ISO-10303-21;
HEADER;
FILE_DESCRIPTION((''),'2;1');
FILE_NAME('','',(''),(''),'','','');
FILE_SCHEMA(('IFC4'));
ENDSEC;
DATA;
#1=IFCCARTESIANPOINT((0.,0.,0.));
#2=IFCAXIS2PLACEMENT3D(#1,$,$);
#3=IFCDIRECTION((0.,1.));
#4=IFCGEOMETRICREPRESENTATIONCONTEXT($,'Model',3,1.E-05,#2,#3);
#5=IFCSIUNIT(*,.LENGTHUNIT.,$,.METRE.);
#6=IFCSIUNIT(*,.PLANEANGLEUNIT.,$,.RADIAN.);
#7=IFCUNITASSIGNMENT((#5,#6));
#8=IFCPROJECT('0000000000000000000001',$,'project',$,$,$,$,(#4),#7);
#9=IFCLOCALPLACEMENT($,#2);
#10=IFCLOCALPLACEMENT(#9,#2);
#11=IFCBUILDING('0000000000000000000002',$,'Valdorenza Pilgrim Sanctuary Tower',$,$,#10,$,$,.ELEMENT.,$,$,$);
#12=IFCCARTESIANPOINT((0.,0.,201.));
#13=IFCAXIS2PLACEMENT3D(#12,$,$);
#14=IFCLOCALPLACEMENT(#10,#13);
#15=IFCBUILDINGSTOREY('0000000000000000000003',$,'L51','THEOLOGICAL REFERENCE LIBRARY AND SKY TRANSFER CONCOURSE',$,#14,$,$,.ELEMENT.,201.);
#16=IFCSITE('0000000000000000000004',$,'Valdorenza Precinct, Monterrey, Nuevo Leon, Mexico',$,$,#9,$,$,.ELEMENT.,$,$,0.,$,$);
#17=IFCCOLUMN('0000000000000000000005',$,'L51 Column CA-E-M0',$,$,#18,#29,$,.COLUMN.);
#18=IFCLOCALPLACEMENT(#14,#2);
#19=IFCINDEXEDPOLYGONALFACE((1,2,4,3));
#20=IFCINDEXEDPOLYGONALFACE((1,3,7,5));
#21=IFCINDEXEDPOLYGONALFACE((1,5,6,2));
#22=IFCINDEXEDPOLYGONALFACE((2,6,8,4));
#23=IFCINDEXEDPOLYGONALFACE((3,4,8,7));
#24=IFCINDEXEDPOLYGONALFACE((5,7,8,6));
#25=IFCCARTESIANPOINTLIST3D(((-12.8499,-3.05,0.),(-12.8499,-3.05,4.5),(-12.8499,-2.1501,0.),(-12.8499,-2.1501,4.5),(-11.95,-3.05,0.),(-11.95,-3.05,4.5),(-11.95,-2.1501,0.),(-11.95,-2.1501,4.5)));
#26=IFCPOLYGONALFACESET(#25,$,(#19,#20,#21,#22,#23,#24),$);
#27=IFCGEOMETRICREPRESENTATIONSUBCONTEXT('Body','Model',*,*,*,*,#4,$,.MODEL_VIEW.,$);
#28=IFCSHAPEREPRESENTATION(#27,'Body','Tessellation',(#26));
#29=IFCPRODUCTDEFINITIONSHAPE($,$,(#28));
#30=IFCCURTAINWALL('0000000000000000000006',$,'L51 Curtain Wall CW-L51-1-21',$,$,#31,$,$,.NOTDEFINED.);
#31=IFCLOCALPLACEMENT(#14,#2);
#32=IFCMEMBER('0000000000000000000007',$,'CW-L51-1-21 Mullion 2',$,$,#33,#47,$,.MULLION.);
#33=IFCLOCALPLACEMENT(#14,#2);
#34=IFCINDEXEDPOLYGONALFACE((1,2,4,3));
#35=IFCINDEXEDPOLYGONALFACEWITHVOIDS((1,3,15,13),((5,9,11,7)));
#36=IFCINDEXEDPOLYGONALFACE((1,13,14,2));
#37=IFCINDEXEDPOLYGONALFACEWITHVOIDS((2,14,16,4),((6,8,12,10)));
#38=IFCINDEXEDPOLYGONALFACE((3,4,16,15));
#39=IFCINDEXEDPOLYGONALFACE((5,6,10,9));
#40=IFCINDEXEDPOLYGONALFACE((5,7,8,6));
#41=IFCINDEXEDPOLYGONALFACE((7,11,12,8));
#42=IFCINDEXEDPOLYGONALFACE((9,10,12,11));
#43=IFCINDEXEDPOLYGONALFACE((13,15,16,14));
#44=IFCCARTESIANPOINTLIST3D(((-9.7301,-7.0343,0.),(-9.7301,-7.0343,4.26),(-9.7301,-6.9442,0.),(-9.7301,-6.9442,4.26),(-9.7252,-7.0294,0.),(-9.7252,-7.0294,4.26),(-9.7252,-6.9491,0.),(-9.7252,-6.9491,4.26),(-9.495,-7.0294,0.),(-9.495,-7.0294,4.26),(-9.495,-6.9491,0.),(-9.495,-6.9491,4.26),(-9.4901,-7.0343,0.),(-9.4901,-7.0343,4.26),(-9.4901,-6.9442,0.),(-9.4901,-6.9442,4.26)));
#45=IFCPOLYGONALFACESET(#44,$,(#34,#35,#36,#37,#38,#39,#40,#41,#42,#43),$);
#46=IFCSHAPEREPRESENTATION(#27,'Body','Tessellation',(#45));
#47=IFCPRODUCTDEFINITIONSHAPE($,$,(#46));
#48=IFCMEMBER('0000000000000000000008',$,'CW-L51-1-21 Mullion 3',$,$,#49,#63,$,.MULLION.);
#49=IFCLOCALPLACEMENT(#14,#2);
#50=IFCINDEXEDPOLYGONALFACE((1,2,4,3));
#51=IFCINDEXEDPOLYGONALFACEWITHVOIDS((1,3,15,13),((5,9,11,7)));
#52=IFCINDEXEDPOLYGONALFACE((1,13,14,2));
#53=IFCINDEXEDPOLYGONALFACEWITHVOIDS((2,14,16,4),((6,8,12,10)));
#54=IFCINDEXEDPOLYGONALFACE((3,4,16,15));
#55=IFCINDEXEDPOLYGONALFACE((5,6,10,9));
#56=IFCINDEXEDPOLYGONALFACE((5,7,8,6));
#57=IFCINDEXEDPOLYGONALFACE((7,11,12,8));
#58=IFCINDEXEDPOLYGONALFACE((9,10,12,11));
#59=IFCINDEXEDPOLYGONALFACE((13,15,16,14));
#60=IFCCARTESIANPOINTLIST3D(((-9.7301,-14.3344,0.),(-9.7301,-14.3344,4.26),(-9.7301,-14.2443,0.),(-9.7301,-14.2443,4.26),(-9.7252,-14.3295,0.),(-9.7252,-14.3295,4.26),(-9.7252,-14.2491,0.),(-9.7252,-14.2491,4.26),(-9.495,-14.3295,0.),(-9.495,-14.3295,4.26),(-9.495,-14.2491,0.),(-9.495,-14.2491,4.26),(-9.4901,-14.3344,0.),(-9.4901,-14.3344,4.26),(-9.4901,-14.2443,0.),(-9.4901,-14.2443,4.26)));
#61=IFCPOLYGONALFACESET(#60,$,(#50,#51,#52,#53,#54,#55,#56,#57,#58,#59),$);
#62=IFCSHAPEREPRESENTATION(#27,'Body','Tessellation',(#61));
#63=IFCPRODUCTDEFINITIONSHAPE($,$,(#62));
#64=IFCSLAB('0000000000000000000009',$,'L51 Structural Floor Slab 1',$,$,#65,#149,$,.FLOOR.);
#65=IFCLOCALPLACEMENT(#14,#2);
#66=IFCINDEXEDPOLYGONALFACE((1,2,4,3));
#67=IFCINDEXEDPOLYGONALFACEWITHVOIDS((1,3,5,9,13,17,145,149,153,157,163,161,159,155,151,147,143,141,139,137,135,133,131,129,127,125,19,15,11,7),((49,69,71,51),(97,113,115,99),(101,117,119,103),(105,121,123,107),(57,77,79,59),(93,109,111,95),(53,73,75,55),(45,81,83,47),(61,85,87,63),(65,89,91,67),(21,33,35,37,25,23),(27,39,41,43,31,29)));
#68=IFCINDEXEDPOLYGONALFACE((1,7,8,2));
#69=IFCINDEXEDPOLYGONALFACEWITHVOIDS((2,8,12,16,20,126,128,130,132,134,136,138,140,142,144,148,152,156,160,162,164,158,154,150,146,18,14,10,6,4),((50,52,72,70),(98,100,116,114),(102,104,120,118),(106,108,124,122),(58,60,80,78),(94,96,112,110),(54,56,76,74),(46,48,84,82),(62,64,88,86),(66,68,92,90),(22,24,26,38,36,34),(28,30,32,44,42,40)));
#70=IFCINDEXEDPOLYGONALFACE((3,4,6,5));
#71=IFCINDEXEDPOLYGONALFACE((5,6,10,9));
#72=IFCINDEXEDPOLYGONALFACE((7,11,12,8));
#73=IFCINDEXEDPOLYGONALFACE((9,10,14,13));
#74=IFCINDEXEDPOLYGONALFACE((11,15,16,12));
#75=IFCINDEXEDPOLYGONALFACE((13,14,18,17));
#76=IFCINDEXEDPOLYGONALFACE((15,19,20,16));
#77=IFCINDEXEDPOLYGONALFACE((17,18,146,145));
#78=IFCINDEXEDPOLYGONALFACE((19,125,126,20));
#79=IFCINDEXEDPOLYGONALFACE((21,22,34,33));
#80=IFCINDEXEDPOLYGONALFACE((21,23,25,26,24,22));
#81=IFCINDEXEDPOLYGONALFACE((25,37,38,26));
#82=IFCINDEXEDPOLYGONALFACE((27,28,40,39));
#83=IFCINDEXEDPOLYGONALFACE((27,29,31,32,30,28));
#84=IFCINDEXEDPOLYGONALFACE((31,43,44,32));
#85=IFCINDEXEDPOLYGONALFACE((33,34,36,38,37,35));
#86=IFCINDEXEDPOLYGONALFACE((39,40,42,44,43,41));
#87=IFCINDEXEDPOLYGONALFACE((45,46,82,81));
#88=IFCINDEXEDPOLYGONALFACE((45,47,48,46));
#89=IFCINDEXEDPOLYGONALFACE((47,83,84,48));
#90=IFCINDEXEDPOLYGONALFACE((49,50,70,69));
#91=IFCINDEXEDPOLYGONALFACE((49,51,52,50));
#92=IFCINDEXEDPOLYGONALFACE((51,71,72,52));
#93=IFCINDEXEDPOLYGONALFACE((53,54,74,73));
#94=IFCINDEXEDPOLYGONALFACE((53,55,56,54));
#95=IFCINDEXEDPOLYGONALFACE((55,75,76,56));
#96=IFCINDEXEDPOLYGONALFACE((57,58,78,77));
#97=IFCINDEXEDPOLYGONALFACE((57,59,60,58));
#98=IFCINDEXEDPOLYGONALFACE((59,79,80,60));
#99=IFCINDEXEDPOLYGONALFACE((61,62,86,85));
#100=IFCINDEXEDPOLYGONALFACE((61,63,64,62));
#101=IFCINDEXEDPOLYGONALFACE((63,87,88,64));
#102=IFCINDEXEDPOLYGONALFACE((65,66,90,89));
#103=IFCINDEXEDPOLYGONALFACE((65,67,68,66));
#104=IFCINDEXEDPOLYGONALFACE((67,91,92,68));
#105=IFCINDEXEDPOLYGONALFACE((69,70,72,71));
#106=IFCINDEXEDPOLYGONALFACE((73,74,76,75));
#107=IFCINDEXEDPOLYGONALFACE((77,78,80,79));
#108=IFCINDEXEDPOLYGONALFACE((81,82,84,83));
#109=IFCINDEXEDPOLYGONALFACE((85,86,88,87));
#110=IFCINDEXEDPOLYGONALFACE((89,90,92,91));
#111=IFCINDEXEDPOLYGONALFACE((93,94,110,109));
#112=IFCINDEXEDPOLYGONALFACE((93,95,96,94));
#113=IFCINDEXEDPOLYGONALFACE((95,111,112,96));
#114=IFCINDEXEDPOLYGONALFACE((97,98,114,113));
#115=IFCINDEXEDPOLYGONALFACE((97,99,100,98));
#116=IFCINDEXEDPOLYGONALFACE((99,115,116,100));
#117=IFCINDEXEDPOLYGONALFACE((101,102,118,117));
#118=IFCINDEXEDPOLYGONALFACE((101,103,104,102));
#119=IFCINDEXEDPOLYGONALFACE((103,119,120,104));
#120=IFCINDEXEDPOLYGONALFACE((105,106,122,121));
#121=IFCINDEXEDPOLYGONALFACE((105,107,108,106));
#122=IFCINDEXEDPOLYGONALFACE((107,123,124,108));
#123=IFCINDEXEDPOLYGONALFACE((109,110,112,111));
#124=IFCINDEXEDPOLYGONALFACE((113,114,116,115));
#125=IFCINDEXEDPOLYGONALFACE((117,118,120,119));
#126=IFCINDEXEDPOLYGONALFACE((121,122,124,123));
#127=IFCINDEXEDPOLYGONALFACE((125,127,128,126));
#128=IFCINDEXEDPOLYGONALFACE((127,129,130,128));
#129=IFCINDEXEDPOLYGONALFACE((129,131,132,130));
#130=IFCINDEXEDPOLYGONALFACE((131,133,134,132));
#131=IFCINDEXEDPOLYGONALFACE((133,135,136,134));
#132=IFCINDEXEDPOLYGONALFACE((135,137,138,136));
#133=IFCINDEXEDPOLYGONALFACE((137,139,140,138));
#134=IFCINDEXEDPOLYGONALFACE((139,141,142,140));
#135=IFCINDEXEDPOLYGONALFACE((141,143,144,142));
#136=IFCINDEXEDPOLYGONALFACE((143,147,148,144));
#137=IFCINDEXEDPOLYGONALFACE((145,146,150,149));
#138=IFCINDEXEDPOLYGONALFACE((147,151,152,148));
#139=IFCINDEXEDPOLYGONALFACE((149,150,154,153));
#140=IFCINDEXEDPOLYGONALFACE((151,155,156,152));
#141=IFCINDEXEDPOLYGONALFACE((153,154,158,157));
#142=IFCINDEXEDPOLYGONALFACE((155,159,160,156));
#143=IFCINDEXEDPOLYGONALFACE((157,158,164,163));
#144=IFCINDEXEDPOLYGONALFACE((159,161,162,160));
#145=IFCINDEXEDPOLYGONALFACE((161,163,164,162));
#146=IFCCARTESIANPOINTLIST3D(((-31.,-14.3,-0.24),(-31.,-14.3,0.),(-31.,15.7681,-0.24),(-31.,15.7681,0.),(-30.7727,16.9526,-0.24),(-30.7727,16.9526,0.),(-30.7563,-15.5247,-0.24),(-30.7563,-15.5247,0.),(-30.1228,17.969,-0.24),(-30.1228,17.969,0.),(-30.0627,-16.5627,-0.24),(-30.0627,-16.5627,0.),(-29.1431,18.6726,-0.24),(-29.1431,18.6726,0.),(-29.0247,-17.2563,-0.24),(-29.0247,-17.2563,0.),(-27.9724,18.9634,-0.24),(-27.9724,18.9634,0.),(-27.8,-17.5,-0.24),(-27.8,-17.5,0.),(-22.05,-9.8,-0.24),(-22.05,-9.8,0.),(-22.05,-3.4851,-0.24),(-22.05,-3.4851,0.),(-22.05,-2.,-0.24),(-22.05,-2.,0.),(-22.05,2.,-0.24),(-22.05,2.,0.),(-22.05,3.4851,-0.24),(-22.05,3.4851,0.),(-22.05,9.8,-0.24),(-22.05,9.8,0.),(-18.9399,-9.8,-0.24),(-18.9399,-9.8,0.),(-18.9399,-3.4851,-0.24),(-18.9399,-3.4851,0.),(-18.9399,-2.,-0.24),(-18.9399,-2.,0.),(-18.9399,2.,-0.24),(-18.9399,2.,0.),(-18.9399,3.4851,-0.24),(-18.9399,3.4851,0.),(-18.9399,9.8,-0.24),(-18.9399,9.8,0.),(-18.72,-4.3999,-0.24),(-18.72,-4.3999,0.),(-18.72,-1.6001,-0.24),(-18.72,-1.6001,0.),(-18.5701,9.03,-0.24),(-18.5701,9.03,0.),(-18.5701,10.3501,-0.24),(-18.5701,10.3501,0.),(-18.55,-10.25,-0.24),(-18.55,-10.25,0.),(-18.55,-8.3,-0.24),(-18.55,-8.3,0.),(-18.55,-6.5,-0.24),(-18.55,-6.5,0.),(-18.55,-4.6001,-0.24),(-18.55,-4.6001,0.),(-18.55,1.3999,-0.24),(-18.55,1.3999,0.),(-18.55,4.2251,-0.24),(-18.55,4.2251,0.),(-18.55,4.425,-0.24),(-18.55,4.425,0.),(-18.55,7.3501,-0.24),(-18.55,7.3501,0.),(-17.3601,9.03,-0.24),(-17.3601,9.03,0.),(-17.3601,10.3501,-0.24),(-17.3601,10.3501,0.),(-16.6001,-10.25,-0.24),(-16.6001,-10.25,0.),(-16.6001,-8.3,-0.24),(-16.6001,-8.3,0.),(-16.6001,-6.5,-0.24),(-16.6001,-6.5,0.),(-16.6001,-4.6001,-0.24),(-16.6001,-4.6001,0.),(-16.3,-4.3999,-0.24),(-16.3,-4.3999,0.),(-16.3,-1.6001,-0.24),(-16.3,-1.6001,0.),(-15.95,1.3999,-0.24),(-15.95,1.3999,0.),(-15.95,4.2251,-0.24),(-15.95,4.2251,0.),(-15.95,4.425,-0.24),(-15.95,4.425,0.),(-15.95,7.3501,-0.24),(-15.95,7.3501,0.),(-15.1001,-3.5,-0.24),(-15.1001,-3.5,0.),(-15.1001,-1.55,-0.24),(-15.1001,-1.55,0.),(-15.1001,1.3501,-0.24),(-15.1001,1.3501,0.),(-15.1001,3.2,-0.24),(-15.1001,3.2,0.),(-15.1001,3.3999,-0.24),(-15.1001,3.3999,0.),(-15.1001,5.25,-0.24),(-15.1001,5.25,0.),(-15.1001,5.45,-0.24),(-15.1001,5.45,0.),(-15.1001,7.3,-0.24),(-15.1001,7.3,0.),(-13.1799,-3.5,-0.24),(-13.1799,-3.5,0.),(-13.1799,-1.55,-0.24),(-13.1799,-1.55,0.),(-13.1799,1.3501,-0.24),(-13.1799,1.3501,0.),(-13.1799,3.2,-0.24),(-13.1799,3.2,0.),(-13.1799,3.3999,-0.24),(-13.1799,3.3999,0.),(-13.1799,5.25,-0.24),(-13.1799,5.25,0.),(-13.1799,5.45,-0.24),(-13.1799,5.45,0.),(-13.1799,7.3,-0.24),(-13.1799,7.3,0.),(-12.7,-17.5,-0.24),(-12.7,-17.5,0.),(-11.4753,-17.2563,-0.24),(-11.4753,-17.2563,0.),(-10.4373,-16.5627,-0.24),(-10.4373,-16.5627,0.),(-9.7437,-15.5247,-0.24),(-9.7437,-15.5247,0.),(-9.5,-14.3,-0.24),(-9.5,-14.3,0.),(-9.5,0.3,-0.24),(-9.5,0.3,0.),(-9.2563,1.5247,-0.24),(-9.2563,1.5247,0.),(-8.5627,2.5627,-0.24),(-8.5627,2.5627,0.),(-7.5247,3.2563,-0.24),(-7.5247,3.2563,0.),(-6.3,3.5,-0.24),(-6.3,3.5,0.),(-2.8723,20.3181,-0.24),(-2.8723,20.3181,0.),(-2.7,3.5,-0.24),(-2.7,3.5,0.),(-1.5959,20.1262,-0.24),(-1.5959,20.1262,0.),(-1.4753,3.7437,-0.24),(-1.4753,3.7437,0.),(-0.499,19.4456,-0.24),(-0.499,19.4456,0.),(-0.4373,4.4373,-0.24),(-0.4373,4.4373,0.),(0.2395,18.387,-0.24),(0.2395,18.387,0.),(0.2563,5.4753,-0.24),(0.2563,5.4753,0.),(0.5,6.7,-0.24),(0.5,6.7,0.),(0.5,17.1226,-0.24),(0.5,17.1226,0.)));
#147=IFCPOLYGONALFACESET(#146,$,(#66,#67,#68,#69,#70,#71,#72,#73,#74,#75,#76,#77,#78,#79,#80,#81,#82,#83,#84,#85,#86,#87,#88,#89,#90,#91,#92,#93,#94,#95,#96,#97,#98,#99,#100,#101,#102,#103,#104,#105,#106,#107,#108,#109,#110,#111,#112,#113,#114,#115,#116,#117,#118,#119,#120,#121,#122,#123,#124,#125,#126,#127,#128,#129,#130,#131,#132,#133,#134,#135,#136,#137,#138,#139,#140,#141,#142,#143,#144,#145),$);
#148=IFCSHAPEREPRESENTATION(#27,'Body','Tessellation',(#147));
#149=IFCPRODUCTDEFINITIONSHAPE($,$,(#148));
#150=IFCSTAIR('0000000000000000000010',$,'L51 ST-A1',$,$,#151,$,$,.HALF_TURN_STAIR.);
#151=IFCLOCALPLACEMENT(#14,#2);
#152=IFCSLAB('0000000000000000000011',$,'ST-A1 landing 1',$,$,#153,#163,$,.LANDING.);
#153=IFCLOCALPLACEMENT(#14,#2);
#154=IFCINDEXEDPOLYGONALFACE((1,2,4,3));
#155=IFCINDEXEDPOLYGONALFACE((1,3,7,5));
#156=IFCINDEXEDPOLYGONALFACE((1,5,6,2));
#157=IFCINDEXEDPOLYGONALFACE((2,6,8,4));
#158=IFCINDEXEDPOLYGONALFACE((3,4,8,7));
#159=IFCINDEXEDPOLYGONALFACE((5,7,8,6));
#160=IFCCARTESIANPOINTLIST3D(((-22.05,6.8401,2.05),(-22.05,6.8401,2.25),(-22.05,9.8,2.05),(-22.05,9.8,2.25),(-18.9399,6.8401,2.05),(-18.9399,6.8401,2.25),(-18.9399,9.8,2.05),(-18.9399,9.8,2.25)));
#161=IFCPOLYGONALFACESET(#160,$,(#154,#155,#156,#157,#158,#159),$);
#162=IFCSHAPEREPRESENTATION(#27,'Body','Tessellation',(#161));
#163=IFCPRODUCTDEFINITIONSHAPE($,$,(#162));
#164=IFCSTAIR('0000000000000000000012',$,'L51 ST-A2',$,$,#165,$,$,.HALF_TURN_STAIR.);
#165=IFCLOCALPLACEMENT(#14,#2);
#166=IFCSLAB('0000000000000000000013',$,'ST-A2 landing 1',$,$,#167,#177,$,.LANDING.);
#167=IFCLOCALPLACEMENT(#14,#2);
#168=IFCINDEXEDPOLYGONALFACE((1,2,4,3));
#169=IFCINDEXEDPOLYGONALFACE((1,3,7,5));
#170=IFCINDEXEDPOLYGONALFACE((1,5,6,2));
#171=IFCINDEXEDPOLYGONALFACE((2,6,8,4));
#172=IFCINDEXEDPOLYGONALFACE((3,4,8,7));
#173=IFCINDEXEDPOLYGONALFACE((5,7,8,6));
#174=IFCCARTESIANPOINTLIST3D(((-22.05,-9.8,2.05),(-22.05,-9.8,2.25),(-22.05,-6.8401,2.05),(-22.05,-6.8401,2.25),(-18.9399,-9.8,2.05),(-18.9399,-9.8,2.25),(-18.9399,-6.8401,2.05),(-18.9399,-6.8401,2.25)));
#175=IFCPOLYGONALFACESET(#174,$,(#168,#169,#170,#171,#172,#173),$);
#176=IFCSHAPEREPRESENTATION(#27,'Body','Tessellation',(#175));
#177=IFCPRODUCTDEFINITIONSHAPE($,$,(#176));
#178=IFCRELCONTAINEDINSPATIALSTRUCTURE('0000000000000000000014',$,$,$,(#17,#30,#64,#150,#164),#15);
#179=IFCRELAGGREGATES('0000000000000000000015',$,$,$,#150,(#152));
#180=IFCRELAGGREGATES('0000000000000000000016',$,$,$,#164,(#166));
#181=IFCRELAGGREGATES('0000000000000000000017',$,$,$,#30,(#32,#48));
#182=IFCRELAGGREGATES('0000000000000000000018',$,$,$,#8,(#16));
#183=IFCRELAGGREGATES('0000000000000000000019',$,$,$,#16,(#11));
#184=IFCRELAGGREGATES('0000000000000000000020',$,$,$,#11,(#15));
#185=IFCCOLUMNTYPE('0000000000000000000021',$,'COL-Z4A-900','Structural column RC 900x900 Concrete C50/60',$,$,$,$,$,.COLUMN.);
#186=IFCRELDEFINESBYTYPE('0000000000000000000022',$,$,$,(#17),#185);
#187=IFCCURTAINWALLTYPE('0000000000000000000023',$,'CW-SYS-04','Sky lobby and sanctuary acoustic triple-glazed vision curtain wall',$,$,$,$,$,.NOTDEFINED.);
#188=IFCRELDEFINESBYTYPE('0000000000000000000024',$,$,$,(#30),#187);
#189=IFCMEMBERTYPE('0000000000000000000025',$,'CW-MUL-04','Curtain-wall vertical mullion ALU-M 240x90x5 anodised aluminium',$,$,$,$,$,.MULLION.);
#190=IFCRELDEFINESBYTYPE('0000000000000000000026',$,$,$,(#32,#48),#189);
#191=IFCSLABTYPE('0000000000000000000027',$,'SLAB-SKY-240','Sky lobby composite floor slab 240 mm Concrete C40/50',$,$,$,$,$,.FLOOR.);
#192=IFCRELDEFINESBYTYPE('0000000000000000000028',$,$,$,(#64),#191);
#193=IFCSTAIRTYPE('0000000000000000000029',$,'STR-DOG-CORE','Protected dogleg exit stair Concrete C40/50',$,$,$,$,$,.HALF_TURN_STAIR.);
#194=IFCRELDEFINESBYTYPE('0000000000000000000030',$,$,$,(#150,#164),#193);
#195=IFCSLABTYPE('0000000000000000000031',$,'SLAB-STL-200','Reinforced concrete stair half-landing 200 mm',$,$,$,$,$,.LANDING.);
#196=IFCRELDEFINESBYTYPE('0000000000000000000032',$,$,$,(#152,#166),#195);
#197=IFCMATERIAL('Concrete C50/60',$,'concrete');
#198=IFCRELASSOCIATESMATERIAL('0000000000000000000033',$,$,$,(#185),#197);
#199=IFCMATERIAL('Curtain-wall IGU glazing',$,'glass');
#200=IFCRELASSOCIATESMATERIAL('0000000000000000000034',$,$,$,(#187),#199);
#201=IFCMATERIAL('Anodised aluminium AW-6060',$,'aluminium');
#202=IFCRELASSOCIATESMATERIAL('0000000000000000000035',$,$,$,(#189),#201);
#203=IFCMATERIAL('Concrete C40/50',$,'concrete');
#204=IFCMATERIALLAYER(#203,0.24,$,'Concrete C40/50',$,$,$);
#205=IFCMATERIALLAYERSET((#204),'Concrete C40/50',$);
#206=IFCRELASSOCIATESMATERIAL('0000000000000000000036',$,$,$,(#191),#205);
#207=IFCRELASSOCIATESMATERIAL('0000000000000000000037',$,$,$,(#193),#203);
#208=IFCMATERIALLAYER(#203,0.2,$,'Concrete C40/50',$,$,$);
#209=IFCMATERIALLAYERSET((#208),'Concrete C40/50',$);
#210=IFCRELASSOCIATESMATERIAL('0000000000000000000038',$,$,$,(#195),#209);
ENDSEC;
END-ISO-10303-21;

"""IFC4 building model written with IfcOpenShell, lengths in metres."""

from ifc_helpers import new_model, si_unit, direction, frame, origin, origin_2d, place, context, subcontext, project, spatial, polyline, rectangle, hollow_rectangle, outline, extrude, source, transform, mapped, material, layer, layer_set, material_profile, profile_set, type_object, element, aggregate, save


model = new_model("IFC4")

# Units and contexts
model_context = context("Model", 3, precision=1e-05, world=origin(), true_north=direction((0.0, 1.0)))
body_context = subcontext(model_context, "Body", "Model", "MODEL_VIEW")
ifc_project = project(units=[si_unit("LENGTHUNIT", "METRE"), si_unit("PLANEANGLEUNIT", "RADIAN")], contexts=[model_context])

# Site, building, storey
site_placement = place(None, origin())
site = spatial("IfcSite", under=ifc_project, at=site_placement, Name="Valdorenza Precinct, Monterrey, Nuevo Leon, Mexico", CompositionType="ELEMENT", RefElevation=0.0)
building_placement = place(site_placement, origin())
building = spatial("IfcBuilding", under=site, at=building_placement, Name="Valdorenza Pilgrim Sanctuary Tower", CompositionType="ELEMENT")
storey_placement = place(building_placement, frame((0.0, 0.0, 201.0)))
storey = spatial("IfcBuildingStorey", under=building, at=storey_placement, Name="L51", Description="THEOLOGICAL REFERENCE LIBRARY AND SKY TRANSFER CONCOURSE", CompositionType="ELEMENT", Elevation=201.0)

# Column
ifc_material_1 = material(Name="Concrete C50/60", Category="concrete")
ifc_material_profile_1 = material_profile(ifc_material_1, rectangle(XDim=0.8999, YDim=0.8999, at=origin_2d()), Name="RC 900x900")
ifc_profile_set_1 = profile_set([ifc_material_profile_1], Name="Concrete C50/60")
column_type = type_object("IfcColumnType", Name="COL-Z4A-900", Description="Structural column RC 900x900 Concrete C50/60", PredefinedType="COLUMN", material=ifc_profile_set_1)
shared_shape_1 = source(origin(), body_context, "Body", "SweptSolid", [
    extrude(rectangle(XDim=0.8999, YDim=0.8999, at=origin_2d()), origin(), (0.0, 0.0, 1.0), 4.5),
])
column_placement = place(storey_placement, frame((-12.3999, -2.6001, 0.0), z_axis=(0.0, 0.0, 1.0), x_axis=(1.0, 0.0, 0.0)))
element("IfcColumn", 1, at=column_placement, inside=storey, type_object=column_type, Name="L51 Column CA-E-M0", PredefinedType="COLUMN", context=body_context, shape_type="MappedRepresentation", body=[
    mapped(shared_shape_1, transform((0.0, 0.0, 0.0), x_axis=(1.0, 0.0, 0.0), y_axis=(0.0, 1.0, 0.0), z_axis=(0.0, 0.0, 1.0), scale=1.0)),
])

# Curtain wall, members
ifc_material_2 = material(Name="Curtain-wall IGU glazing", Category="glass")
curtain_wall_type = type_object("IfcCurtainWallType", Name="CW-SYS-04", Description="Sky lobby and sanctuary acoustic triple-glazed vision curtain wall", PredefinedType="NOTDEFINED", material=ifc_material_2)
curtain_wall_placement = place(storey_placement, origin())
curtain_wall = element("IfcCurtainWall", 2, at=curtain_wall_placement, inside=storey, type_object=curtain_wall_type, Name="L51 Curtain Wall CW-L51-1-21", PredefinedType="NOTDEFINED")
ifc_material_3 = material(Name="Anodised aluminium AW-6060", Category="aluminium")
ifc_material_profile_2 = material_profile(ifc_material_3, hollow_rectangle(XDim=0.0901, YDim=0.24, WallThickness=0.0049, at=origin_2d()), Name="ALU-M 240x90x5")
ifc_profile_set_2 = profile_set([ifc_material_profile_2], Name="Anodised aluminium AW-6060")
member_type = type_object("IfcMemberType", Name="CW-MUL-04", Description="Curtain-wall vertical mullion ALU-M 240x90x5 anodised aluminium", PredefinedType="MULLION", material=ifc_profile_set_2)
shared_shape_2 = source(origin(), body_context, "Body", "SweptSolid", [
    extrude(hollow_rectangle(XDim=0.0901, YDim=0.24, WallThickness=0.0049, at=origin_2d()), origin(), (0.0, 0.0, 1.0), 4.26),
])
member_1_placement = place(storey_placement, frame((-9.6101, -6.9893, 0.0), z_axis=(0.0, 0.0, 1.0), x_axis=(0.0, -1.0, 0.0)))
member_1 = element("IfcMember", 3, at=member_1_placement, type_object=member_type, Name="CW-L51-1-21 Mullion 2", PredefinedType="MULLION", context=body_context, shape_type="MappedRepresentation", body=[
    mapped(shared_shape_2, transform((0.0, 0.0, 0.0), x_axis=(1.0, 0.0, 0.0), y_axis=(0.0, 1.0, 0.0), z_axis=(0.0, 0.0, 1.0), scale=1.0)),
])
member_2_placement = place(storey_placement, frame((-9.6101, -14.2893, 0.0), z_axis=(0.0, 0.0, 1.0), x_axis=(0.0, -1.0, 0.0)))
member_2 = element("IfcMember", 4, at=member_2_placement, type_object=member_type, Name="CW-L51-1-21 Mullion 3", PredefinedType="MULLION", context=body_context, shape_type="MappedRepresentation", body=[
    mapped(shared_shape_2, transform((0.0, 0.0, 0.0), x_axis=(1.0, 0.0, 0.0), y_axis=(0.0, 1.0, 0.0), z_axis=(0.0, 0.0, 1.0), scale=1.0)),
])

# Slab
ifc_material_4 = material(Name="Concrete C40/50", Category="concrete")
ifc_layer_1 = layer(ifc_material_4, 0.24, Name="Concrete C40/50")
ifc_layer_set_1 = layer_set([ifc_layer_1], Name="Concrete C40/50")
slab_type_1 = type_object("IfcSlabType", Name="SLAB-SKY-240", Description="Sky lobby composite floor slab 240 mm Concrete C40/50", PredefinedType="FLOOR", material=ifc_layer_set_1)
slab_1_placement = place(storey_placement, frame((0.0, 0.0, -0.24)))
element("IfcSlab", 5, at=slab_1_placement, inside=storey, type_object=slab_type_1, Name="L51 Structural Floor Slab 1", PredefinedType="FLOOR", context=body_context, shape_type="SweptSolid", body=[
    extrude(outline(polyline([(-31.0, 15.7681), (-30.7727, 16.9526), (-30.1228, 17.969), (-29.1431, 18.6726), (-27.9724, 18.9634), (-2.8723, 20.3181), (-1.5959, 20.1262), (-0.499, 19.4456), (0.2395, 18.387), (0.5, 17.1226), (0.5, 6.7), (0.2563, 5.4753), (-0.4373, 4.4373), (-1.4753, 3.7437), (-2.7, 3.5), (-6.3, 3.5), (-7.5247, 3.2563), (-8.5627, 2.5627), (-9.2563, 1.5247), (-9.5, 0.3), (-9.5, -14.3), (-9.7437, -15.5247), (-10.4373, -16.5627), (-11.4753, -17.2563), (-12.7, -17.5), (-27.8, -17.5), (-29.0247, -17.2563), (-30.0627, -16.5627), (-30.7563, -15.5247), (-31.0, -14.3), (-31.0, 15.7681)]), holes=[polyline([(-16.6001, -8.3), (-18.55, -8.3), (-18.55, -10.25), (-16.6001, -10.25), (-16.6001, -8.3)]), polyline([(-18.9399, -9.8), (-18.9399, -3.4851), (-18.9399, -2.0), (-22.05, -2.0), (-22.05, -3.4851), (-22.05, -9.8), (-18.9399, -9.8)]), polyline([(-16.6001, -6.5), (-16.6001, -4.6001), (-18.55, -4.6001), (-18.55, -6.5), (-16.6001, -6.5)]), polyline([(-22.05, 2.0), (-18.9399, 2.0), (-18.9399, 3.4851), (-18.9399, 9.8), (-22.05, 9.8), (-22.05, 3.4851), (-22.05, 2.0)]), polyline([(-17.3601, 9.03), (-17.3601, 10.3501), (-18.5701, 10.3501), (-18.5701, 9.03), (-17.3601, 9.03)]), polyline([(-16.3, -1.6001), (-18.72, -1.6001), (-18.72, -4.3999), (-16.3, -4.3999), (-16.3, -1.6001)]), polyline([(-13.1799, -3.5), (-13.1799, -1.55), (-15.1001, -1.55), (-15.1001, -3.5), (-13.1799, -3.5)]), polyline([(-13.1799, 1.3501), (-13.1799, 3.2), (-15.1001, 3.2), (-15.1001, 1.3501), (-13.1799, 1.3501)]), polyline([(-15.95, 1.3999), (-15.95, 4.2251), (-18.55, 4.2251), (-18.55, 1.3999), (-15.95, 1.3999)]), polyline([(-13.1799, 3.3999), (-13.1799, 5.25), (-15.1001, 5.25), (-15.1001, 3.3999), (-13.1799, 3.3999)]), polyline([(-15.95, 4.425), (-15.95, 7.3501), (-18.55, 7.3501), (-18.55, 4.425), (-15.95, 4.425)]), polyline([(-13.1799, 5.45), (-13.1799, 7.3), (-15.1001, 7.3), (-15.1001, 5.45), (-13.1799, 5.45)])]), origin(), (0.0, 0.0, 1.0), 0.24),
])

# Stairs, slabs
stair_type = type_object("IfcStairType", Name="STR-DOG-CORE", Description="Protected dogleg exit stair Concrete C40/50", PredefinedType="HALF_TURN_STAIR", material=ifc_material_4)
stair_1_placement = place(storey_placement, origin())
stair_1 = element("IfcStair", 6, at=stair_1_placement, inside=storey, type_object=stair_type, Name="L51 ST-A1", PredefinedType="HALF_TURN_STAIR")
ifc_layer_2 = layer(ifc_material_4, 0.2, Name="Concrete C40/50")
ifc_layer_set_2 = layer_set([ifc_layer_2], Name="Concrete C40/50")
slab_type_2 = type_object("IfcSlabType", Name="SLAB-STL-200", Description="Reinforced concrete stair half-landing 200 mm", PredefinedType="LANDING", material=ifc_layer_set_2)
slab_2_placement = place(storey_placement, frame((0.0, 0.0, 2.05)))
slab_2 = element("IfcSlab", 7, at=slab_2_placement, type_object=slab_type_2, Name="ST-A1 landing 1", PredefinedType="LANDING", context=body_context, shape_type="SweptSolid", body=[
    extrude(outline(polyline([(-18.9399, 6.8401), (-18.9399, 9.8), (-22.05, 9.8), (-22.05, 6.8401), (-18.9399, 6.8401)])), origin(), (0.0, 0.0, 1.0), 0.2),
])
aggregate(stair_1, [slab_2])
stair_2_placement = place(storey_placement, origin())
stair_2 = element("IfcStair", 8, at=stair_2_placement, inside=storey, type_object=stair_type, Name="L51 ST-A2", PredefinedType="HALF_TURN_STAIR")
slab_3_placement = place(storey_placement, frame((0.0, 0.0, 2.05)))
slab_3 = element("IfcSlab", 9, at=slab_3_placement, type_object=slab_type_2, Name="ST-A2 landing 1", PredefinedType="LANDING", context=body_context, shape_type="SweptSolid", body=[
    extrude(outline(polyline([(-22.05, -6.8401), (-22.05, -9.8), (-18.9399, -9.8), (-18.9399, -6.8401), (-22.05, -6.8401)])), origin(), (0.0, 0.0, 1.0), 0.2),
])
aggregate(stair_2, [slab_3])

aggregate(curtain_wall, [member_1, member_2])

save(model, "model.ifc")
